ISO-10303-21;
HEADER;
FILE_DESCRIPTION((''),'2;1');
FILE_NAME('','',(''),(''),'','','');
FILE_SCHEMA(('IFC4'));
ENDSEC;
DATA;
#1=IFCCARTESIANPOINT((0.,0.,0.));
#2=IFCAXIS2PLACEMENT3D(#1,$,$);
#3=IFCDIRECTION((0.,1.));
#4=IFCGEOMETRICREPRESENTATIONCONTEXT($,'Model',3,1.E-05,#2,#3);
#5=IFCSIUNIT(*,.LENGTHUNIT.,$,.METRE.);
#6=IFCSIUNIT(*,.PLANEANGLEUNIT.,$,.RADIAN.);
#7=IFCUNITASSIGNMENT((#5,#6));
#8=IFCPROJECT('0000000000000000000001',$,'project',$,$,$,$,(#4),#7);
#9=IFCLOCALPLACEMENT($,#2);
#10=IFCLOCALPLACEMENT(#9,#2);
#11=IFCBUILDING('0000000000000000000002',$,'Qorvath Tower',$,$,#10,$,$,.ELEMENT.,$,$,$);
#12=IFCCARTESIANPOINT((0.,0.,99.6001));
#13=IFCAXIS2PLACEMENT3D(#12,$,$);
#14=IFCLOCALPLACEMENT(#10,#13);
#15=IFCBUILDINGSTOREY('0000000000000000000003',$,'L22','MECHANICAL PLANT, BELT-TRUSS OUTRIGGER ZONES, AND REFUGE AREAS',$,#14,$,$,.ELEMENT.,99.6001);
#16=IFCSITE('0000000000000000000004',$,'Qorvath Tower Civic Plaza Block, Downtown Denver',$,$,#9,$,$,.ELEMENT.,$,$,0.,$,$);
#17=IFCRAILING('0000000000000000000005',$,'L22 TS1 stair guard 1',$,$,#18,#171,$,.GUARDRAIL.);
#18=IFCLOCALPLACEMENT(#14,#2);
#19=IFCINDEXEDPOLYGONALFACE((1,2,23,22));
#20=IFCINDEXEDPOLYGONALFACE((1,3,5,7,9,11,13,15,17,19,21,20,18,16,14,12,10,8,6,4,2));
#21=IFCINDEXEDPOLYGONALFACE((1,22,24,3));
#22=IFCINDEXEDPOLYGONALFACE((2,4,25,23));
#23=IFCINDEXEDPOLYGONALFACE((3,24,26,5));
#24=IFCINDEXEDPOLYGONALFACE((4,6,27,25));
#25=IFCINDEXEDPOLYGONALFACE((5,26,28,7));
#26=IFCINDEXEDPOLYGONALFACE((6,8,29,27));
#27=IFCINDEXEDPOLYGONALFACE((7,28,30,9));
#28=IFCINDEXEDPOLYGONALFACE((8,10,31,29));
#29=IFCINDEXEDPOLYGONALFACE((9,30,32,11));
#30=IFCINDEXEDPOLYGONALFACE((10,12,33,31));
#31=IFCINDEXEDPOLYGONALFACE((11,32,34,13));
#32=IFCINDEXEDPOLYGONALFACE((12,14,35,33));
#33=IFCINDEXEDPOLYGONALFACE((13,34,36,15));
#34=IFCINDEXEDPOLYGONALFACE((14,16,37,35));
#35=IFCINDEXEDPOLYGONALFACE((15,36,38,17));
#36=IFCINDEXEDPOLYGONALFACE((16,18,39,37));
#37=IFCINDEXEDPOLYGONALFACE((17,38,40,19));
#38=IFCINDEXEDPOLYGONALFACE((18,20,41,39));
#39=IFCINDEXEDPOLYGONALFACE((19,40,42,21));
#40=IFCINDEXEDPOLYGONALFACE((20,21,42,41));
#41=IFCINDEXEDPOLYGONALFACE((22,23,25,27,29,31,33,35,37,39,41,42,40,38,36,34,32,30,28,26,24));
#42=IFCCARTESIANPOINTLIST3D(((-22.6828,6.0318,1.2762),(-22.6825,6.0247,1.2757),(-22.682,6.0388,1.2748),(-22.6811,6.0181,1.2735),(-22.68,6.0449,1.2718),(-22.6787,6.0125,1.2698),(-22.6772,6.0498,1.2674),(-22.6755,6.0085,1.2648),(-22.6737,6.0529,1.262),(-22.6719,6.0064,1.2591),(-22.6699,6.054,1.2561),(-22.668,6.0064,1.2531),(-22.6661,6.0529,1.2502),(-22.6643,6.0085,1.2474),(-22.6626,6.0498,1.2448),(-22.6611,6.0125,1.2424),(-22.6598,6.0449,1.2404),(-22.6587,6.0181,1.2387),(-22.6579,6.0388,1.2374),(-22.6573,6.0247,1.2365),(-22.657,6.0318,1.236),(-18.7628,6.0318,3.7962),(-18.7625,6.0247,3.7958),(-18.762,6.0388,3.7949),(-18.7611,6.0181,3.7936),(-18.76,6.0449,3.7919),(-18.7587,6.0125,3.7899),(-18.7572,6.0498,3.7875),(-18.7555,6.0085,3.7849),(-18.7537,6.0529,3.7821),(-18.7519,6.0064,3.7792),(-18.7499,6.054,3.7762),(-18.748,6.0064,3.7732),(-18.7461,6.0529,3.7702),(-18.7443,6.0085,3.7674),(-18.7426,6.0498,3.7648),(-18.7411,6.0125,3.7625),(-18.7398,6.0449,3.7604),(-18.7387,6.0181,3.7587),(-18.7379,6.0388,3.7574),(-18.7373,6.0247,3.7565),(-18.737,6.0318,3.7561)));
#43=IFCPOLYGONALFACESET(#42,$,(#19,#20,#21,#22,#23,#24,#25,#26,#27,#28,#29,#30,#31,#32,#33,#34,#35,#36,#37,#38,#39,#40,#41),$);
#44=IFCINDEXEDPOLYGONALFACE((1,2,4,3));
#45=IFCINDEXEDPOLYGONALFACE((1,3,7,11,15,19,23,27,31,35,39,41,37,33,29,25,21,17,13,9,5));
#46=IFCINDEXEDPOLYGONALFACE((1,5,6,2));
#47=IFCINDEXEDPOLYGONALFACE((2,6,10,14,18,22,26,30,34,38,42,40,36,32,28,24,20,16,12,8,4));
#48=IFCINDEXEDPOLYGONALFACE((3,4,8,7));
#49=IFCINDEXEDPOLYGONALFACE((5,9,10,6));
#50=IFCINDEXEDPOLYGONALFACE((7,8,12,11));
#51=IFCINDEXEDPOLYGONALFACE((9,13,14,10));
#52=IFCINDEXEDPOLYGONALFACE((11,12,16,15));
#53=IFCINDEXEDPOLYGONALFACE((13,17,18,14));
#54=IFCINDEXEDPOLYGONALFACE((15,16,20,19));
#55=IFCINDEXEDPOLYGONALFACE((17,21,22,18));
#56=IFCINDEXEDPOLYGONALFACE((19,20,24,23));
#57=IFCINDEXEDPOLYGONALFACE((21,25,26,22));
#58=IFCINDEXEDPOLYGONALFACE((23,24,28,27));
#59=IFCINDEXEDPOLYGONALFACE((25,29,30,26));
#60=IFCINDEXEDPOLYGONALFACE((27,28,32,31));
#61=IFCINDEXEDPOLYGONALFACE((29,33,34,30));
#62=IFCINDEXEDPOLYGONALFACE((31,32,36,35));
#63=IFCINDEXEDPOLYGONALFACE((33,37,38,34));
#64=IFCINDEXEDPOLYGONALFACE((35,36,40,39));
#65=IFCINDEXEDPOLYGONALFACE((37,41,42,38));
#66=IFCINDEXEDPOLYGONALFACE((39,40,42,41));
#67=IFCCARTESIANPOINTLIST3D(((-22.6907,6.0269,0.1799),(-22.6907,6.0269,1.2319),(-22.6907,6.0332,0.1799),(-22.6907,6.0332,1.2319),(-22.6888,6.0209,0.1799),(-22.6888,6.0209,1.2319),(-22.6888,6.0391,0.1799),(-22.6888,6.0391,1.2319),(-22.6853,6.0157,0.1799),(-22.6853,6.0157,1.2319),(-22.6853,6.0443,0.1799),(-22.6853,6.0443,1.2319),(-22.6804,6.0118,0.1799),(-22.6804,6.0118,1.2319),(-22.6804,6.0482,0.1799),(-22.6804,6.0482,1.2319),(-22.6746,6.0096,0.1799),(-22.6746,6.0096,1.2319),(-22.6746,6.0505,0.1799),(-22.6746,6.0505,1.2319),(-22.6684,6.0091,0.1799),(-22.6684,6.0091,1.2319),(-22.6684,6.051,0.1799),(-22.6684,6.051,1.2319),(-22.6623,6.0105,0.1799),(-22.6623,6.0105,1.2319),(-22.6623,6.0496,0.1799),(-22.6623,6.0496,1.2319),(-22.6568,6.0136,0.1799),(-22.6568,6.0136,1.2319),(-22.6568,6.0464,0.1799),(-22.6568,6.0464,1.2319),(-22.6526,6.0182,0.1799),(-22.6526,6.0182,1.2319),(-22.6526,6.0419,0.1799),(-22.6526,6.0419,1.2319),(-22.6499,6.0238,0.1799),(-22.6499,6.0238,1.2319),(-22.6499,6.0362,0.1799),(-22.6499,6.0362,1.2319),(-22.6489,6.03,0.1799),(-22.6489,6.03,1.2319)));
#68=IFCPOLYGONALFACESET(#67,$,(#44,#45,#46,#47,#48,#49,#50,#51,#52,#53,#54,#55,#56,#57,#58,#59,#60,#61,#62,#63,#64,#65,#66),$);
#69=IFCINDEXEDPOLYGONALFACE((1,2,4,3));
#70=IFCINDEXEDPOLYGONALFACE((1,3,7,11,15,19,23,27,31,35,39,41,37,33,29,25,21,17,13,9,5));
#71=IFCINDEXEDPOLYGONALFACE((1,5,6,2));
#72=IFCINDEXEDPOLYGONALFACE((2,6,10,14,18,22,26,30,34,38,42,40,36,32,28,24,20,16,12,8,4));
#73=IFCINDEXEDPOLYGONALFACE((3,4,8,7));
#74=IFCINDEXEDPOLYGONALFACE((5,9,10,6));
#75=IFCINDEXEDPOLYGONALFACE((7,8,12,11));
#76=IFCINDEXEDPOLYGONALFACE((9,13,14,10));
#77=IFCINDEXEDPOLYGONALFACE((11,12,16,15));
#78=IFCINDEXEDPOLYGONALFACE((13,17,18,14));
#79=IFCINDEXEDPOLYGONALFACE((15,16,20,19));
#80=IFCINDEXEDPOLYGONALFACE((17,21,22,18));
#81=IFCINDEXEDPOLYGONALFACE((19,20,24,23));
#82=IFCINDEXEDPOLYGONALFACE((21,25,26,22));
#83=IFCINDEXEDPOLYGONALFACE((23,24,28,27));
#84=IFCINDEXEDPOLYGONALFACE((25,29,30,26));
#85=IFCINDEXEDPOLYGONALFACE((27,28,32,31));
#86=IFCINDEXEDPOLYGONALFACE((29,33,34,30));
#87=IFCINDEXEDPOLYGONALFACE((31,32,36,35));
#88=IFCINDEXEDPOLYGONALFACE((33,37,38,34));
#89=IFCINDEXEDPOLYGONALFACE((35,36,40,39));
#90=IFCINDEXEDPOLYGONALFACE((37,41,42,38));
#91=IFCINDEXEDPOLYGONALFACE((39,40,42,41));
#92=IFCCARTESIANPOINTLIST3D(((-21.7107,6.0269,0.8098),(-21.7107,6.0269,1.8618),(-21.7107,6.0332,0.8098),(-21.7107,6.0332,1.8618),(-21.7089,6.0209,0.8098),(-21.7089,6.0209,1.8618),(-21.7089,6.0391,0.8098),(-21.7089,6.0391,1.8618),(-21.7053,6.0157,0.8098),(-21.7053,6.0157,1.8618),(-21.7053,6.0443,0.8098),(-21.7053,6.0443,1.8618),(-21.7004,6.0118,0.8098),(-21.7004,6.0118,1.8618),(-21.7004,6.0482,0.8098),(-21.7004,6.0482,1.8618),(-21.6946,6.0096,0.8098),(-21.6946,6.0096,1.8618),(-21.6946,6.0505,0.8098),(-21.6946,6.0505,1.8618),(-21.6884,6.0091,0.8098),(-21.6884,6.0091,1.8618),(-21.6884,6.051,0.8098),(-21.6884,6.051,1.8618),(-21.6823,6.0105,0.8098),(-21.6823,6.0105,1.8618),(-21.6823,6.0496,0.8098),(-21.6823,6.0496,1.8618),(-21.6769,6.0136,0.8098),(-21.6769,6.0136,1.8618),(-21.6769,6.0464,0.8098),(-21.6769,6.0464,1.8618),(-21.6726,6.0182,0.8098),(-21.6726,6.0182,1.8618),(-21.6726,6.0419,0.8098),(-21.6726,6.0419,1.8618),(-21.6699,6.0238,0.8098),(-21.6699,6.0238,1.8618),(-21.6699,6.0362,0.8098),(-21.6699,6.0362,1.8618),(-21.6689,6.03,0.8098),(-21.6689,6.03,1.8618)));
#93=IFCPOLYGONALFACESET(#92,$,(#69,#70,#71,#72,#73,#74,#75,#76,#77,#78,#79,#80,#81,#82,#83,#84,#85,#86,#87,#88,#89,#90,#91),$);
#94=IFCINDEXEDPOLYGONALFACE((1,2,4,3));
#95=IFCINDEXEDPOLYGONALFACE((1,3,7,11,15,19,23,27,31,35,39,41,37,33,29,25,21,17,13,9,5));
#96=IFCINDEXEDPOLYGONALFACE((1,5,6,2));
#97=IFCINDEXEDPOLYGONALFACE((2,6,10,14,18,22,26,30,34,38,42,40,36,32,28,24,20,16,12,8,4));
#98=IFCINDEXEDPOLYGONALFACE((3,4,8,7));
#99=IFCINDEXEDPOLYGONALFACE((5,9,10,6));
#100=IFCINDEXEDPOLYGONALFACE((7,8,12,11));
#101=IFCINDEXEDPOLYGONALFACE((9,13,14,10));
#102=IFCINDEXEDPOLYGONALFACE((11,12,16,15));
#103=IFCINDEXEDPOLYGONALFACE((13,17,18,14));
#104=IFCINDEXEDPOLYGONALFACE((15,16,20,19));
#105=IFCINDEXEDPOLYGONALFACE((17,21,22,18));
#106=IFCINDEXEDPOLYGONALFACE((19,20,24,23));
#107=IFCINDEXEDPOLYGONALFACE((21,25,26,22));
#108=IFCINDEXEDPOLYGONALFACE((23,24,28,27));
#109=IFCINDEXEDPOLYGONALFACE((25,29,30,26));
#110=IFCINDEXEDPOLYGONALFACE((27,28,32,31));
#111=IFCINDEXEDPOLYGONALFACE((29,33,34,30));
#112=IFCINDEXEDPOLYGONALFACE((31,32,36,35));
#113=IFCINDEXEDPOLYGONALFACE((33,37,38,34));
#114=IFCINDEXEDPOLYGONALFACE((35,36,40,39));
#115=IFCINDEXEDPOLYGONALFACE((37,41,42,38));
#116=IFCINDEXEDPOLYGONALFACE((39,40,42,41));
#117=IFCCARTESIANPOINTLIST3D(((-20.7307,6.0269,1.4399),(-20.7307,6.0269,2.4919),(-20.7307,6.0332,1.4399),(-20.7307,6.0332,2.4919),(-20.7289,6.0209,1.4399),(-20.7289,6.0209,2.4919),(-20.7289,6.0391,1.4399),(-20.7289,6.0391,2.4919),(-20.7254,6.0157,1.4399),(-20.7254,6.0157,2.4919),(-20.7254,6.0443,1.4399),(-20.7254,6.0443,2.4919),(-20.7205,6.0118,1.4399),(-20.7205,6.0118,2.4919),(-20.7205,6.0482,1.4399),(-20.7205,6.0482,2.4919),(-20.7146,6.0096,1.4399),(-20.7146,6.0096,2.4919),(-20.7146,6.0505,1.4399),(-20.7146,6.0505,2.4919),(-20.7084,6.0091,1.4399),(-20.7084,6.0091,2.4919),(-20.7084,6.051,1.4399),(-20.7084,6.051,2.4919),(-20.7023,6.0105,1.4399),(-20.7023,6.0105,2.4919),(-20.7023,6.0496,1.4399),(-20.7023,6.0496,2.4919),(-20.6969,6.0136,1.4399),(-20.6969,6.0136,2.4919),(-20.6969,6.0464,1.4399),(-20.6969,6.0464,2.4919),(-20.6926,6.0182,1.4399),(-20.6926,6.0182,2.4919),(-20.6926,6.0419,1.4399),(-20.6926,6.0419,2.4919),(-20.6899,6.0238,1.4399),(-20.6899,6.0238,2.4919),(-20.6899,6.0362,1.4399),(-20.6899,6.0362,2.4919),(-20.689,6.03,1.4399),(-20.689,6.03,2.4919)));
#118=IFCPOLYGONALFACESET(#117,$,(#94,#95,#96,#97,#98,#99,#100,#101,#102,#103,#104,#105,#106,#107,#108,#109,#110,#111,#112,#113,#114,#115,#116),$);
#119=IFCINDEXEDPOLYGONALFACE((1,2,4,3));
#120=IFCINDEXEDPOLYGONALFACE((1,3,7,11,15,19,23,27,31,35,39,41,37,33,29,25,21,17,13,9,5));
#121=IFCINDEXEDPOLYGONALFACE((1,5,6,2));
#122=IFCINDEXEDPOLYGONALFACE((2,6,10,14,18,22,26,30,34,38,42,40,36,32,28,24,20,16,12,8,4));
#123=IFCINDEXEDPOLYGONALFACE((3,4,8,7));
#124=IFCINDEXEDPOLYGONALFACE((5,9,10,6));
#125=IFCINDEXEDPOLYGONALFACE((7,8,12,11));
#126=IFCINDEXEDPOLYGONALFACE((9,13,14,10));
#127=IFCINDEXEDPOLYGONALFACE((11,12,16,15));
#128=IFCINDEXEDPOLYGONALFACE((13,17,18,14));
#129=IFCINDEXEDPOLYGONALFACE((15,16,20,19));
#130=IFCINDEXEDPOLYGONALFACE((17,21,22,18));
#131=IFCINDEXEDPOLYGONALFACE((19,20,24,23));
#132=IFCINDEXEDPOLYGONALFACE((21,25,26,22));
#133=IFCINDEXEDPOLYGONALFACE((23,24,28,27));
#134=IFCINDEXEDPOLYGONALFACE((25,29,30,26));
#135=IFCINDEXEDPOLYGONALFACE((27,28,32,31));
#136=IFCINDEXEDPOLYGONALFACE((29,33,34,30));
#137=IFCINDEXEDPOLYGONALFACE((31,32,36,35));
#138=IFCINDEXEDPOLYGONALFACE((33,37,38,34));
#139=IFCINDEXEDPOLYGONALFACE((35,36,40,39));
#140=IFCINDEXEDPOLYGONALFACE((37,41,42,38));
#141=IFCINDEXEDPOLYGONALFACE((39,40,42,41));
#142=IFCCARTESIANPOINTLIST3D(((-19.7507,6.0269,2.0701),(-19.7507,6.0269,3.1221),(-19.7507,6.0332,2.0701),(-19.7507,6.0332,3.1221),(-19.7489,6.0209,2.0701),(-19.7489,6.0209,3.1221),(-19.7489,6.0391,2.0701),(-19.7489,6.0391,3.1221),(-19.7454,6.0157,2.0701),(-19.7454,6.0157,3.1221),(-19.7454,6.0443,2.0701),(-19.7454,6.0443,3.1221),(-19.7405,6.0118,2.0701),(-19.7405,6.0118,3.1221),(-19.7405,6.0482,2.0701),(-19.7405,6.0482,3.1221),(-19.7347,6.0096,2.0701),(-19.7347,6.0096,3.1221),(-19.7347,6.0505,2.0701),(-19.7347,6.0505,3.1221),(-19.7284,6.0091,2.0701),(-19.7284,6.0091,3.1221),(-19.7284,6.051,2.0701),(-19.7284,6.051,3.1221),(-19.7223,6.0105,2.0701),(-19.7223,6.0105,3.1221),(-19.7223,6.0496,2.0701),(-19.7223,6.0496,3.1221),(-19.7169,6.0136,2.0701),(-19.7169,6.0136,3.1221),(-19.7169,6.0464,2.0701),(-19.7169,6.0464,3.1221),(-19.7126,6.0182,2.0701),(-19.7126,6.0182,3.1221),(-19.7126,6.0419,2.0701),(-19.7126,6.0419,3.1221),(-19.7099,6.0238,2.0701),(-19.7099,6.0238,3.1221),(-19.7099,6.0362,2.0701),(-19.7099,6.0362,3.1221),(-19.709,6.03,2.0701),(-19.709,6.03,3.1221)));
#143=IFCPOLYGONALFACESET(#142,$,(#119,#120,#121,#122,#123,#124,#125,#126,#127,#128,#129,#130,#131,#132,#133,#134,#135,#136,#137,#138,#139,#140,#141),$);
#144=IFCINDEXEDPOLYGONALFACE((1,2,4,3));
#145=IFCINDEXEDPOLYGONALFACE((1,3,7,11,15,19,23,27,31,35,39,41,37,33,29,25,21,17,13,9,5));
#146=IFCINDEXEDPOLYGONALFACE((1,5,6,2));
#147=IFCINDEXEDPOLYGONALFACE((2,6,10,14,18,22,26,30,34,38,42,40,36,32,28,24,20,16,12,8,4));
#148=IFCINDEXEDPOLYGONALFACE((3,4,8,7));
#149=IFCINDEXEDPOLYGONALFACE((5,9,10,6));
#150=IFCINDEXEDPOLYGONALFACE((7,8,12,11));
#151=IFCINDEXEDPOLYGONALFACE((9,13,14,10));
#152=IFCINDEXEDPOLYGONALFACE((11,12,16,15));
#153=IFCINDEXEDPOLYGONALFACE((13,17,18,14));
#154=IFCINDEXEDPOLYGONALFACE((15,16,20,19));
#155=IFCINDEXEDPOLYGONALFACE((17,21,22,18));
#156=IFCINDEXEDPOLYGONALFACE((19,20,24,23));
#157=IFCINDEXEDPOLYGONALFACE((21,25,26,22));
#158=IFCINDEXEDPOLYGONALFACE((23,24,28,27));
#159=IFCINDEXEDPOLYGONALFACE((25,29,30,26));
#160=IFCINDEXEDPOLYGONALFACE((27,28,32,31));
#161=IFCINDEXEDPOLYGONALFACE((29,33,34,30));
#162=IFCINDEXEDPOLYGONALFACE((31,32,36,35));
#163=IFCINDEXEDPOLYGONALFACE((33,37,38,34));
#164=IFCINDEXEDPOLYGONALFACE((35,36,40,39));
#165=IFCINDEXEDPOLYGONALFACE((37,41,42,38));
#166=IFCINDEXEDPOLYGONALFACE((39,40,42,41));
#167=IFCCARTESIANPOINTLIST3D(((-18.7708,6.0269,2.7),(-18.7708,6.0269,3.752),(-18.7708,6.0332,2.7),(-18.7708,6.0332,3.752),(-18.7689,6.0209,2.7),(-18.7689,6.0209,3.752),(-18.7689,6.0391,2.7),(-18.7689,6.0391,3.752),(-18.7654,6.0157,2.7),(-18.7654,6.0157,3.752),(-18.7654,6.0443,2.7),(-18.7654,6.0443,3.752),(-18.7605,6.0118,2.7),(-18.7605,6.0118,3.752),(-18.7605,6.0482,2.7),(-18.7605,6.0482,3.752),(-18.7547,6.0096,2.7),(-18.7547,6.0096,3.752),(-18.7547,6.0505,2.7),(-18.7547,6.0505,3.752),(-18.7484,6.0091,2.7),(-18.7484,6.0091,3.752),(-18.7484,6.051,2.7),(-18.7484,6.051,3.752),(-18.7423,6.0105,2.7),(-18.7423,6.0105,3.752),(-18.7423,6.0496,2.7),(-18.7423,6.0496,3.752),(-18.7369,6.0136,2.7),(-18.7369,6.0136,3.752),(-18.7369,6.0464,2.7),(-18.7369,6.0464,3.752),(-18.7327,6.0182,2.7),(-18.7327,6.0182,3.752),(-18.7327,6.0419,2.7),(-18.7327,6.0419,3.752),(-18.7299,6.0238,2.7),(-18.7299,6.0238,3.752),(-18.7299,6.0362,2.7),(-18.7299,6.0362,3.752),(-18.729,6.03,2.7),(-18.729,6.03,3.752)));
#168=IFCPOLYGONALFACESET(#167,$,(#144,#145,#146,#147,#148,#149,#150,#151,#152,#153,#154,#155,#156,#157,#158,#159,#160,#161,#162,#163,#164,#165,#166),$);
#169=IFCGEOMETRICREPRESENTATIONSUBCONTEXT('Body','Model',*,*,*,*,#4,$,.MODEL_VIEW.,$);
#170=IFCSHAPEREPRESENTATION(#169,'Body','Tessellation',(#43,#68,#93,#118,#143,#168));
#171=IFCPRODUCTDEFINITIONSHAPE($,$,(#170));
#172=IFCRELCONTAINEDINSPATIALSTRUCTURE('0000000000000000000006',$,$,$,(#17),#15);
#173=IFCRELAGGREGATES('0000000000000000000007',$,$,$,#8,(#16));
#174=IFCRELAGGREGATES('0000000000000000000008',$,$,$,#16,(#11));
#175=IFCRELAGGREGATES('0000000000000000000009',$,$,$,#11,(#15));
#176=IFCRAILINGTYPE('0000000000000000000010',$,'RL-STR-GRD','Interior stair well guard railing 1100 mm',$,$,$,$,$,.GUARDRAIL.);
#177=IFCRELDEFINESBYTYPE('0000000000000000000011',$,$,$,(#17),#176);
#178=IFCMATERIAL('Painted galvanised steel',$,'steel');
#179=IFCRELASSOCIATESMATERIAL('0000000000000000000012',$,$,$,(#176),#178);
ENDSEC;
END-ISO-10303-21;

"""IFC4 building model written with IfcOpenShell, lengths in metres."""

from ifc_helpers import new_model, si_unit, direction, frame, origin, origin_2d, place, context, subcontext, project, spatial, circle, extrude, material, type_object, element, save


model = new_model("IFC4")

# Units and contexts
model_context = context("Model", 3, precision=1e-05, world=origin(), true_north=direction((0.0, 1.0)))
body_context = subcontext(model_context, "Body", "Model", "MODEL_VIEW")
ifc_project = project(units=[si_unit("LENGTHUNIT", "METRE"), si_unit("PLANEANGLEUNIT", "RADIAN")], contexts=[model_context])

# Site, building, storey
site_placement = place(None, origin())
site = spatial("IfcSite", under=ifc_project, at=site_placement, Name="Qorvath Tower Civic Plaza Block, Downtown Denver", CompositionType="ELEMENT", RefElevation=0.0)
building_placement = place(site_placement, origin())
building = spatial("IfcBuilding", under=site, at=building_placement, Name="Qorvath Tower", CompositionType="ELEMENT")
storey_placement = place(building_placement, frame((0.0, 0.0, 99.6001)))
storey = spatial("IfcBuildingStorey", under=building, at=storey_placement, Name="L22", Description="MECHANICAL PLANT, BELT-TRUSS OUTRIGGER ZONES, AND REFUGE AREAS", CompositionType="ELEMENT", Elevation=99.6001)

# Railing
ifc_material_1 = material(Name="Painted galvanised steel", Category="steel")
railing_type_1 = type_object("IfcRailingType", Name="RL-STR-GRD", Description="Interior stair well guard railing 1100 mm", PredefinedType="GUARDRAIL", material=ifc_material_1)
railing_1_placement = place(storey_placement, frame((-22.6699, 6.03, 0.1799)))
element("IfcRailing", 1, at=railing_1_placement, inside=storey, type_object=railing_type_1, Name="L22 TS1 stair guard 1", PredefinedType="GUARDRAIL", context=body_context, shape_type="SweptSolid", body=[
    extrude(circle(Radius=0.0239, at=origin_2d()), frame((0.0, 0.0, 1.0762), z_axis=(0.841172, 0.0, 0.540768), x_axis=(0.0, 1.0, 0.0)), (0.0, 0.0, 1.0), 4.6602),
    extrude(circle(Radius=0.021, at=origin_2d()), origin(), (0.0, 0.0, 1.0), 1.052),
    extrude(circle(Radius=0.021, at=origin_2d()), frame((0.98, 0.0, 0.6299)), (0.0, 0.0, 1.0), 1.052),
    extrude(circle(Radius=0.021, at=origin_2d()), frame((1.96, 0.0, 1.26)), (0.0, 0.0, 1.0), 1.052),
    extrude(circle(Radius=0.021, at=origin_2d()), frame((2.9399, 0.0, 1.8901)), (0.0, 0.0, 1.0), 1.052),
    extrude(circle(Radius=0.021, at=origin_2d()), frame((3.9199, 0.0, 2.52)), (0.0, 0.0, 1.0), 1.052),
])

save(model, "model.ifc")
